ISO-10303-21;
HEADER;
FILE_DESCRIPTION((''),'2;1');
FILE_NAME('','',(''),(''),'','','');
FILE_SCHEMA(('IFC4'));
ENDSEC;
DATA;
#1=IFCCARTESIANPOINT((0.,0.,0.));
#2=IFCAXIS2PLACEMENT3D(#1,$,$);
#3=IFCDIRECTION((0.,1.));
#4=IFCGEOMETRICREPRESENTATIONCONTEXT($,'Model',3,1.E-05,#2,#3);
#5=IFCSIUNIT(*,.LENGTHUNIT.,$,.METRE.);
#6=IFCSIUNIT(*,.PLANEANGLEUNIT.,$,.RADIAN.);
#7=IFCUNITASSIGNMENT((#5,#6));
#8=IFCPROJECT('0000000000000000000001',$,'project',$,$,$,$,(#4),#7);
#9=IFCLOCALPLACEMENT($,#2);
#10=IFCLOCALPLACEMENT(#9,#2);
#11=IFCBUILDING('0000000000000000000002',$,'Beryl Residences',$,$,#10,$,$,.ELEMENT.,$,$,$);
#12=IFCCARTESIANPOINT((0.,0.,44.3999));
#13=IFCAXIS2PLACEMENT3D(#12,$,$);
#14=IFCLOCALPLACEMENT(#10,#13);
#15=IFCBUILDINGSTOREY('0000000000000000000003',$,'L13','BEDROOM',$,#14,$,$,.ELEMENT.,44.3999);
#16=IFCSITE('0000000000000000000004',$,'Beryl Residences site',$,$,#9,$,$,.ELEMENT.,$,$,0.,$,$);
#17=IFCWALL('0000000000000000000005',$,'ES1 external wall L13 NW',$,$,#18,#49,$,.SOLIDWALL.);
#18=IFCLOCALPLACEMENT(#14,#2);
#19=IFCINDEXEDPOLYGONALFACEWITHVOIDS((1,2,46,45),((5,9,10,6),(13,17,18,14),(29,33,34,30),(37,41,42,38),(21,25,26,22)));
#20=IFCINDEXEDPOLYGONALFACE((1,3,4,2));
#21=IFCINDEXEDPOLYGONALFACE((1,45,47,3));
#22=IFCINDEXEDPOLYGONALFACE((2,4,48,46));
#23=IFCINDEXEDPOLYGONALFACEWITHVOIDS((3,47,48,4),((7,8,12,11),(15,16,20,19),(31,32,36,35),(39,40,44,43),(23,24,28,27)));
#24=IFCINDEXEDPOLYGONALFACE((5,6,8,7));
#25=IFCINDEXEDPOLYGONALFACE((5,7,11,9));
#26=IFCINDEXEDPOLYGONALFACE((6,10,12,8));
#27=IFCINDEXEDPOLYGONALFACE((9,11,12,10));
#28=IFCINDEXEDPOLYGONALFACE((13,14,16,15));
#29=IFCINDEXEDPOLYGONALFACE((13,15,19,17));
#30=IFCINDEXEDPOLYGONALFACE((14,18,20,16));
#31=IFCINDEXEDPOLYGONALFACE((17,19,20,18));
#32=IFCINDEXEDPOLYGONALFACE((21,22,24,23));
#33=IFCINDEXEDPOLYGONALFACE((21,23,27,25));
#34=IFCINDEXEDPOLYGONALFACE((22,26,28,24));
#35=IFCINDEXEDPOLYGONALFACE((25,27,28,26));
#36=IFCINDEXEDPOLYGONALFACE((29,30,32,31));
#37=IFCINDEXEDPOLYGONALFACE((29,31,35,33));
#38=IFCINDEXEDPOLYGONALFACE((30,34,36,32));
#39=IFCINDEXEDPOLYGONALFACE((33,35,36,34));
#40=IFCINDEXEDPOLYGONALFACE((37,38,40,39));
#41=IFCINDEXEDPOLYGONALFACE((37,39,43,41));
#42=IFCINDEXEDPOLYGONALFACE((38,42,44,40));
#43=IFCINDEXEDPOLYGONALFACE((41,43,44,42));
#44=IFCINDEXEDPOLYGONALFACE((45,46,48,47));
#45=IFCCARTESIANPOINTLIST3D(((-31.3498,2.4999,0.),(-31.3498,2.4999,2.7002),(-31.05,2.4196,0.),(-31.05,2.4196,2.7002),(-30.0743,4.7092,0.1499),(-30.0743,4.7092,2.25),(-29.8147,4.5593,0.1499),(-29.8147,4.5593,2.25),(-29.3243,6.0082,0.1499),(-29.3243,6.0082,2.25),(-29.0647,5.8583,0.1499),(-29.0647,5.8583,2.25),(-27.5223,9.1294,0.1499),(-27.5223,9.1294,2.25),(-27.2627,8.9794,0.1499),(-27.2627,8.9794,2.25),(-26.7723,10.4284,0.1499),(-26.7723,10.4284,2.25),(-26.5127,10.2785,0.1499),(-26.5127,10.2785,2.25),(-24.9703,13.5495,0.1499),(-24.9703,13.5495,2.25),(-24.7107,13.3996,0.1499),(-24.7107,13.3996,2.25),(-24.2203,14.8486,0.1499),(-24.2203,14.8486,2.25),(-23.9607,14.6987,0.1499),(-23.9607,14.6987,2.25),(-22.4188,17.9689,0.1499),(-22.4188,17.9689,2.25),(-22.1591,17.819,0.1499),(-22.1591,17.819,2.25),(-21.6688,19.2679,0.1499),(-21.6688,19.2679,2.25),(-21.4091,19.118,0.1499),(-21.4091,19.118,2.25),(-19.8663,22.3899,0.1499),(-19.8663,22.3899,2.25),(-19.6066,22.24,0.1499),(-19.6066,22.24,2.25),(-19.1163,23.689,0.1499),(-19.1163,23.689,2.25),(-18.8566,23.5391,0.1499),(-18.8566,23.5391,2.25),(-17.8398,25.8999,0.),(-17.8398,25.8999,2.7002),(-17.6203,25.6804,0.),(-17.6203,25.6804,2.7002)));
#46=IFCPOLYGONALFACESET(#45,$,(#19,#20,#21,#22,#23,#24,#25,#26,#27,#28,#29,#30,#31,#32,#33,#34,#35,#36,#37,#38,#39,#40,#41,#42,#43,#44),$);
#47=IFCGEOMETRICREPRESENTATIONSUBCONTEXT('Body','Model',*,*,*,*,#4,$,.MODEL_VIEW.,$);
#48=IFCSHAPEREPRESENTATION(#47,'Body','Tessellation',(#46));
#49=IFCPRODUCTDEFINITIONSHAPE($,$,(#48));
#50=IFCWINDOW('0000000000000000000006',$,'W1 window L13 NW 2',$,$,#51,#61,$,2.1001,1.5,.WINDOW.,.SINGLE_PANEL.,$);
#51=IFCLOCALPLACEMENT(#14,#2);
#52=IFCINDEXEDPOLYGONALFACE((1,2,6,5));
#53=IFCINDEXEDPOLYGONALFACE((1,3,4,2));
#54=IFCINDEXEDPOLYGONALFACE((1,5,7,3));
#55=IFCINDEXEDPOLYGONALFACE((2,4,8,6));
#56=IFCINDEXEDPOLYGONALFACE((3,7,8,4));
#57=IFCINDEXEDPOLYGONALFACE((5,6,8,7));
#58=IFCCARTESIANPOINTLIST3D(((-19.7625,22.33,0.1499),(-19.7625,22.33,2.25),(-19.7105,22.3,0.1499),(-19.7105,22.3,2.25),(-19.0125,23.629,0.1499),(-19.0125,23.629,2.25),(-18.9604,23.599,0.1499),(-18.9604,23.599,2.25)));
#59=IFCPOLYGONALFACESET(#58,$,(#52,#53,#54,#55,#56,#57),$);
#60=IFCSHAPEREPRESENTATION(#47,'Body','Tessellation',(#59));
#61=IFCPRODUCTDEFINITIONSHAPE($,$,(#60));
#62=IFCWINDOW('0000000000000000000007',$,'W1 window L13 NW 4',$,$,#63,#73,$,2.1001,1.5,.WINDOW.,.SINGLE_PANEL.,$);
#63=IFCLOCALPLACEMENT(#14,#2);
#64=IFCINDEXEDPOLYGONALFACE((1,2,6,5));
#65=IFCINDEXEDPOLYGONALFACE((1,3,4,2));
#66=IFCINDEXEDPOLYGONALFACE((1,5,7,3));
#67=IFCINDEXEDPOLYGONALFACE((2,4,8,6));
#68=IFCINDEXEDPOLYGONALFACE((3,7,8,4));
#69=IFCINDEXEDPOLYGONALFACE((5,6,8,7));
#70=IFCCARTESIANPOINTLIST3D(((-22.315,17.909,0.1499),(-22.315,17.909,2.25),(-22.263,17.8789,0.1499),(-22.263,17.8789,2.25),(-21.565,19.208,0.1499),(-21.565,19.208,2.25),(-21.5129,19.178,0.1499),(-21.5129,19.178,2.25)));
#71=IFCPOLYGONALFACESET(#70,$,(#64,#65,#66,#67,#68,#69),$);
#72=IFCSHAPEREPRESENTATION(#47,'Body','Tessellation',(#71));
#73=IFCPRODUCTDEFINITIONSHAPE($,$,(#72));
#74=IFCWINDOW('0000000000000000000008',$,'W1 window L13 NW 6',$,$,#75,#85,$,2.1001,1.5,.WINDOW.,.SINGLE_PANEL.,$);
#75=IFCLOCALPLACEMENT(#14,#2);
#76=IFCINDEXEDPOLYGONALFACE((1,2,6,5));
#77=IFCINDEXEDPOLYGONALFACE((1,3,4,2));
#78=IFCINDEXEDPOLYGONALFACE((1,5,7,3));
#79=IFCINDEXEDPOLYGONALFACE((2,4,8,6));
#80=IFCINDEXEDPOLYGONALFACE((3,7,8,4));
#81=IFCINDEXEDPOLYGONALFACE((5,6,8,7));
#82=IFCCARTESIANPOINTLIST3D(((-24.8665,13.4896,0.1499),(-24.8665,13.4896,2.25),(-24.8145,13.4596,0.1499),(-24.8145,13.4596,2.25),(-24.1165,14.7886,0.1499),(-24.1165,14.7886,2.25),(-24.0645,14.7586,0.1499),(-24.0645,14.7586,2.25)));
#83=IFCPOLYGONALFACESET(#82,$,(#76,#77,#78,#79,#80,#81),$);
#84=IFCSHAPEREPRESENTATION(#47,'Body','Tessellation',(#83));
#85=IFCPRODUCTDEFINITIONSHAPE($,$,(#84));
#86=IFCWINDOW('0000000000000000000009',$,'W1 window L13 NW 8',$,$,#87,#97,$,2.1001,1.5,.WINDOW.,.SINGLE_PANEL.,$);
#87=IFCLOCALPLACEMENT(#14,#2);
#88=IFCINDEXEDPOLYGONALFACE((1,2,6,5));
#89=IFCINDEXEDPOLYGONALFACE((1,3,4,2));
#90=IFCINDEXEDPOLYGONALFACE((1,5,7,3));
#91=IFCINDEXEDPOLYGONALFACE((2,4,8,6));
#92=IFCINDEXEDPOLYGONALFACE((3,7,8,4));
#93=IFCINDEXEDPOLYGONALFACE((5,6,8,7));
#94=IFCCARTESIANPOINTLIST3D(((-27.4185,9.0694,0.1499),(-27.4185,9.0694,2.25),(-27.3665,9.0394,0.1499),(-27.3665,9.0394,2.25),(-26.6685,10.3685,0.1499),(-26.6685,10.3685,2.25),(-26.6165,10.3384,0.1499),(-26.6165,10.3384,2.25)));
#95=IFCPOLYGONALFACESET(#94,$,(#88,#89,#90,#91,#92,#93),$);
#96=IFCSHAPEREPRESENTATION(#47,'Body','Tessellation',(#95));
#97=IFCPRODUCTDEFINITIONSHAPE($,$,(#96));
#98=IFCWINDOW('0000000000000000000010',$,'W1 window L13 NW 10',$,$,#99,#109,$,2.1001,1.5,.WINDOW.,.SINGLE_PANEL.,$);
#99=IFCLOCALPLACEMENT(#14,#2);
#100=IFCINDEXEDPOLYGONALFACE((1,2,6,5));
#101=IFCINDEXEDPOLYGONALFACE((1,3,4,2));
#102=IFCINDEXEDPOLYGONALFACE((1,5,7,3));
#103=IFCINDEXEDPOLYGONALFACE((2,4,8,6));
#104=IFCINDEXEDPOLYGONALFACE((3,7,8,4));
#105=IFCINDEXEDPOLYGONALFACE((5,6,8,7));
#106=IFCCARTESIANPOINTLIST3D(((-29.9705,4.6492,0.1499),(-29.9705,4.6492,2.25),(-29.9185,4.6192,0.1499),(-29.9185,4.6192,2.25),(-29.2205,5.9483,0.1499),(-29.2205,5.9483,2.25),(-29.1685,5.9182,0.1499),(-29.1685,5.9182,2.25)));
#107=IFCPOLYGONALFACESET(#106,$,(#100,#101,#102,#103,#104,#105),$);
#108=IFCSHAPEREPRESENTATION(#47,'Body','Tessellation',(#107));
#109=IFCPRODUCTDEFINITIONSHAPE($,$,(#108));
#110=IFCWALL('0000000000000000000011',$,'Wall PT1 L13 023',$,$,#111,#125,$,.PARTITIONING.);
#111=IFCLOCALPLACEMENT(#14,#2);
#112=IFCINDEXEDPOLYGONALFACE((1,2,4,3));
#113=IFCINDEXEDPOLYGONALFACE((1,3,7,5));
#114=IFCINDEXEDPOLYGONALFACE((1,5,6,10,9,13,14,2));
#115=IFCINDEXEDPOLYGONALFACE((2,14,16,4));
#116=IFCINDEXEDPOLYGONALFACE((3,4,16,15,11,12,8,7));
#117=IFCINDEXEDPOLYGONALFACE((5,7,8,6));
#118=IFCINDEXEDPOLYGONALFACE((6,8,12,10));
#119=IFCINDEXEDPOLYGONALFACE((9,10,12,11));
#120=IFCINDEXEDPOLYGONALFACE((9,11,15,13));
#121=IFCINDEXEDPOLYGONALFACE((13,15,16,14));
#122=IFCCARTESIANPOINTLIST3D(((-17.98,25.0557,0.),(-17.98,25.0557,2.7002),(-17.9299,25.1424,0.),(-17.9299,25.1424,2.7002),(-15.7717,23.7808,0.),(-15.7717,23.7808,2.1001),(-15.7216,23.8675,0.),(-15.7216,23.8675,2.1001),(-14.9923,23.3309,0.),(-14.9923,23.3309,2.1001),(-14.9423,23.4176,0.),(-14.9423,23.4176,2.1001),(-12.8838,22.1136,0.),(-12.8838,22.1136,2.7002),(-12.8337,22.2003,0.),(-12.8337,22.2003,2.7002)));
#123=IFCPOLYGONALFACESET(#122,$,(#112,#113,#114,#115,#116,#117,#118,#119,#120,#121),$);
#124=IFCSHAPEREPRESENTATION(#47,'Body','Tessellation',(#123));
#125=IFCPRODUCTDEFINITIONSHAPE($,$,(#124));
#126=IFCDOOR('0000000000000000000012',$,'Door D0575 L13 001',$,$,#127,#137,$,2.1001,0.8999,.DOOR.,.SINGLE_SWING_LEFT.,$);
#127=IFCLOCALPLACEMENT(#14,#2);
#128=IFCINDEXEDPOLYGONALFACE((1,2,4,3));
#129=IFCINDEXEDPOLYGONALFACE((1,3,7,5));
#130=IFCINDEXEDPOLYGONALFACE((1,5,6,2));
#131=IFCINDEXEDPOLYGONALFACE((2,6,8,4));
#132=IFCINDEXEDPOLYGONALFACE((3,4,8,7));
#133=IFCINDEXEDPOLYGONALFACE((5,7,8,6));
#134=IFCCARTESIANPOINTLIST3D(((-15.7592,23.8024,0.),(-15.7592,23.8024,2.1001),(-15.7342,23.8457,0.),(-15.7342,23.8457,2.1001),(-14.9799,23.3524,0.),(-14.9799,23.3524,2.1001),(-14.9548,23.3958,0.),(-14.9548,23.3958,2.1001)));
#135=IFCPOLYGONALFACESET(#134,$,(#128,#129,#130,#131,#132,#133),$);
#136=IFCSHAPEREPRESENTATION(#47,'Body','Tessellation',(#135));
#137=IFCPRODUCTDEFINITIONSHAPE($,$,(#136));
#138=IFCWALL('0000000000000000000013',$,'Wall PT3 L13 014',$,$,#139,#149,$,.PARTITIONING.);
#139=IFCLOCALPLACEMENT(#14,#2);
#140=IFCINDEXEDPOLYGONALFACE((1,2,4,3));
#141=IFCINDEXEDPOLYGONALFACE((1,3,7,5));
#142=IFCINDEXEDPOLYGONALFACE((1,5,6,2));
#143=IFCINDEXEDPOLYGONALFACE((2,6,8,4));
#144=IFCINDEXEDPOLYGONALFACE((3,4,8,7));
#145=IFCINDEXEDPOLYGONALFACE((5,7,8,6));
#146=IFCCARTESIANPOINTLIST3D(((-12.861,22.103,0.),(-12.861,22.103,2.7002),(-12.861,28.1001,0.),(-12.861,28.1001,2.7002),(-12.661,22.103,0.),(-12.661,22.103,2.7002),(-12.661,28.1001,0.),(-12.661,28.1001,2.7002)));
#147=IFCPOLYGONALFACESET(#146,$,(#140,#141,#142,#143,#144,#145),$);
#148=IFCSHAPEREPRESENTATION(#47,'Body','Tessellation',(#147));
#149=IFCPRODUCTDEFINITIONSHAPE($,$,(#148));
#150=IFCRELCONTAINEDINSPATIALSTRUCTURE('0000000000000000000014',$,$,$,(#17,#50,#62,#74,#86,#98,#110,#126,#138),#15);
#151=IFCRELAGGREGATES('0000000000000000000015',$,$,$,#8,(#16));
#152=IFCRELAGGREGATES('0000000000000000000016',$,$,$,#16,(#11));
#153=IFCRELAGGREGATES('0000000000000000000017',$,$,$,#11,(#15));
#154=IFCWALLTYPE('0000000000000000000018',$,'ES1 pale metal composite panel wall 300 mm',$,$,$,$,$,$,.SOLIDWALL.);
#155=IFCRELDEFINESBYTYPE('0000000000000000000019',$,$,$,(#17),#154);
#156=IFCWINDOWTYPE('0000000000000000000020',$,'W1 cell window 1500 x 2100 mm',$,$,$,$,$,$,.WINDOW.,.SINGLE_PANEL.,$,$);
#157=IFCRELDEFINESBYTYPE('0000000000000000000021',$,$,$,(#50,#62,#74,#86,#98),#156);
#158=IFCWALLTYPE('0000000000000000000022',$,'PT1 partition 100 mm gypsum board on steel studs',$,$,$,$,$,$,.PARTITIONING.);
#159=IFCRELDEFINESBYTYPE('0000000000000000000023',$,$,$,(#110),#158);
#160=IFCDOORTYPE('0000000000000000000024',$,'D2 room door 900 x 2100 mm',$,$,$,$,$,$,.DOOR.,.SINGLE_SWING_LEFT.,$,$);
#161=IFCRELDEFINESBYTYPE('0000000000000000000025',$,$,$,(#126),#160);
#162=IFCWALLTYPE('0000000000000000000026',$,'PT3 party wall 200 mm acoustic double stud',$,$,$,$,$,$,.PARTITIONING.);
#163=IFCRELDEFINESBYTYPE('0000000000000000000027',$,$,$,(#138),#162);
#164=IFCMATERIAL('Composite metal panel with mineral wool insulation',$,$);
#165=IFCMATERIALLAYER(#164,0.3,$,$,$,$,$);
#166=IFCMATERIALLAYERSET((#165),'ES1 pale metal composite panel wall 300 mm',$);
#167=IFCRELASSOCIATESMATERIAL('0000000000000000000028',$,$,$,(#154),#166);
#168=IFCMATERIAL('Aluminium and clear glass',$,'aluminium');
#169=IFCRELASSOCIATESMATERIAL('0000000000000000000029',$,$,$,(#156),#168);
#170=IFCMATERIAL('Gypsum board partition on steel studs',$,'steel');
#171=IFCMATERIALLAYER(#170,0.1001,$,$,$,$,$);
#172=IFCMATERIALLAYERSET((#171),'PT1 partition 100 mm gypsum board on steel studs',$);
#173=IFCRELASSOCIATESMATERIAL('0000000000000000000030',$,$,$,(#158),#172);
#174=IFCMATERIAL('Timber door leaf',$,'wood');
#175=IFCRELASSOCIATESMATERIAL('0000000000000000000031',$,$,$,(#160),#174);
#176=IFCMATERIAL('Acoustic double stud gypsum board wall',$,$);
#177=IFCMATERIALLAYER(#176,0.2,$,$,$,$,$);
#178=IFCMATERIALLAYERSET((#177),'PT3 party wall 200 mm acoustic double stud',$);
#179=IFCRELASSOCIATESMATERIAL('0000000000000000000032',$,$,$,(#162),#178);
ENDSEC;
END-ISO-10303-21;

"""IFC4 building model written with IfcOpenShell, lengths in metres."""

from ifc_helpers import new_model, si_unit, direction, frame, frame_2d, origin, place, context, subcontext, project, spatial, polyline, rectangle, outline, extrude, material, layer, layer_set, type_object, element, fill, save


model = new_model("IFC4")

# Units and contexts
model_context = context("Model", 3, precision=1e-05, world=origin(), true_north=direction((0.0, 1.0)))
body_context = subcontext(model_context, "Body", "Model", "MODEL_VIEW")
ifc_project = project(units=[si_unit("LENGTHUNIT", "METRE"), si_unit("PLANEANGLEUNIT", "RADIAN")], contexts=[model_context])

# Site, building, storey
site_placement = place(None, origin())
site = spatial("IfcSite", under=ifc_project, at=site_placement, Name="Beryl Residences site", CompositionType="ELEMENT", RefElevation=0.0)
building_placement = place(site_placement, origin())
building = spatial("IfcBuilding", under=site, at=building_placement, Name="Beryl Residences", CompositionType="ELEMENT")
storey_placement = place(building_placement, frame((0.0, 0.0, 44.3999)))
storey = spatial("IfcBuildingStorey", under=building, at=storey_placement, Name="L13", Description="BEDROOM", CompositionType="ELEMENT", Elevation=44.3999)

# Shared definitions
ifc_material_1 = material(Name="Composite metal panel with mineral wool insulation")
ifc_layer_1 = layer(ifc_material_1, 0.3)
ifc_layer_set_1 = layer_set([ifc_layer_1], Name="ES1 pale metal composite panel wall 300 mm")
wall_type_1 = type_object("IfcWallType", Name="ES1 pale metal composite panel wall 300 mm", PredefinedType="SOLIDWALL", material=ifc_layer_set_1)

# Wall, openings, windows
wall_1_placement = place(storey_placement, frame((-17.71, 25.825, 0.0), z_axis=(0.0, 0.0, 1.0), x_axis=(-0.500002, -0.866024, 0.0)))
wall_1 = element("IfcWall", 1, at=wall_1_placement, inside=storey, type_object=wall_type_1, Name="ES1 external wall L13 NW", PredefinedType="SOLIDWALL", context=body_context, shape_type="SweptSolid", body=[
    extrude(outline(polyline([(0.0, -0.1499), (27.02, -0.1499), (26.9397, 0.1499), (0.0803, 0.1499), (0.0, -0.1499)])), origin(), (0.0, 0.0, 1.0), 2.7002),
])
opening_1_placement = place(wall_1_placement, frame((2.553, 0.0, 0.1499)))
opening_1 = element("IfcOpeningElement", 2, at=opening_1_placement, cuts=wall_1, PredefinedType="OPENING", context=body_context, shape_type="SweptSolid", body=[
    extrude(rectangle(XDim=1.5, YDim=2.1001, at=frame_2d((0.75, 1.05))), frame((0.0, 0.1599, 0.0), z_axis=(0.0, -1.0, 0.0), x_axis=(1.0, 0.0, 0.0)), (0.0, 0.0, 1.0), 0.3201),
])
opening_2_placement = place(wall_1_placement, frame((7.658, 0.0, 0.1499)))
opening_2 = element("IfcOpeningElement", 3, at=opening_2_placement, cuts=wall_1, PredefinedType="OPENING", context=body_context, shape_type="SweptSolid", body=[
    extrude(rectangle(XDim=1.5, YDim=2.1001, at=frame_2d((0.75, 1.05))), frame((0.0, 0.1599, 0.0), z_axis=(0.0, -1.0, 0.0), x_axis=(1.0, 0.0, 0.0)), (0.0, 0.0, 1.0), 0.3201),
])
opening_3_placement = place(wall_1_placement, frame((12.761, 0.0, 0.1499)))
opening_3 = element("IfcOpeningElement", 4, at=opening_3_placement, cuts=wall_1, PredefinedType="OPENING", context=body_context, shape_type="SweptSolid", body=[
    extrude(rectangle(XDim=1.5, YDim=2.1001, at=frame_2d((0.75, 1.05))), frame((0.0, 0.1599, 0.0), z_axis=(0.0, -1.0, 0.0), x_axis=(1.0, 0.0, 0.0)), (0.0, 0.0, 1.0), 0.3201),
])
opening_4_placement = place(wall_1_placement, frame((17.865, 0.0, 0.1499)))
opening_4 = element("IfcOpeningElement", 5, at=opening_4_placement, cuts=wall_1, PredefinedType="OPENING", context=body_context, shape_type="SweptSolid", body=[
    extrude(rectangle(XDim=1.5, YDim=2.1001, at=frame_2d((0.75, 1.05))), frame((0.0, 0.1599, 0.0), z_axis=(0.0, -1.0, 0.0), x_axis=(1.0, 0.0, 0.0)), (0.0, 0.0, 1.0), 0.3201),
])
opening_5_placement = place(wall_1_placement, frame((22.969, 0.0, 0.1499)))
opening_5 = element("IfcOpeningElement", 6, at=opening_5_placement, cuts=wall_1, PredefinedType="OPENING", context=body_context, shape_type="SweptSolid", body=[
    extrude(rectangle(XDim=1.5, YDim=2.1001, at=frame_2d((0.75, 1.05))), frame((0.0, 0.1599, 0.0), z_axis=(0.0, -1.0, 0.0), x_axis=(1.0, 0.0, 0.0)), (0.0, 0.0, 1.0), 0.3201),
])
ifc_material_2 = material(Name="Aluminium and clear glass", Category="aluminium")
window_type_1 = type_object("IfcWindowType", Name="W1 cell window 1500 x 2100 mm", PartitioningType="SINGLE_PANEL", PredefinedType="WINDOW", material=ifc_material_2)
window_1_placement = place(opening_1_placement, origin())
window_1 = element("IfcWindow", 7, at=window_1_placement, inside=storey, type_object=window_type_1, Name="W1 window L13 NW 2", OverallHeight=2.1001, OverallWidth=1.5, PartitioningType="SINGLE_PANEL", PredefinedType="WINDOW", context=body_context, shape_type="SweptSolid", body=[
    extrude(rectangle(XDim=1.5, YDim=2.1001, at=frame_2d((0.75, 1.05))), frame((0.0, 0.03, 0.0), z_axis=(0.0, -1.0, 0.0), x_axis=(1.0, 0.0, 0.0)), (0.0, 0.0, 1.0), 0.0601),
])
fill(opening_1, window_1)
window_2_placement = place(opening_2_placement, origin())
window_2 = element("IfcWindow", 8, at=window_2_placement, inside=storey, type_object=window_type_1, Name="W1 window L13 NW 4", OverallHeight=2.1001, OverallWidth=1.5, PartitioningType="SINGLE_PANEL", PredefinedType="WINDOW", context=body_context, shape_type="SweptSolid", body=[
    extrude(rectangle(XDim=1.5, YDim=2.1001, at=frame_2d((0.75, 1.05))), frame((0.0, 0.03, 0.0), z_axis=(0.0, -1.0, 0.0), x_axis=(1.0, 0.0, 0.0)), (0.0, 0.0, 1.0), 0.0601),
])
fill(opening_2, window_2)
window_3_placement = place(opening_3_placement, origin())
window_3 = element("IfcWindow", 9, at=window_3_placement, inside=storey, type_object=window_type_1, Name="W1 window L13 NW 6", OverallHeight=2.1001, OverallWidth=1.5, PartitioningType="SINGLE_PANEL", PredefinedType="WINDOW", context=body_context, shape_type="SweptSolid", body=[
    extrude(rectangle(XDim=1.5, YDim=2.1001, at=frame_2d((0.75, 1.05))), frame((0.0, 0.03, 0.0), z_axis=(0.0, -1.0, 0.0), x_axis=(1.0, 0.0, 0.0)), (0.0, 0.0, 1.0), 0.0601),
])
fill(opening_3, window_3)
window_4_placement = place(opening_4_placement, origin())
window_4 = element("IfcWindow", 10, at=window_4_placement, inside=storey, type_object=window_type_1, Name="W1 window L13 NW 8", OverallHeight=2.1001, OverallWidth=1.5, PartitioningType="SINGLE_PANEL", PredefinedType="WINDOW", context=body_context, shape_type="SweptSolid", body=[
    extrude(rectangle(XDim=1.5, YDim=2.1001, at=frame_2d((0.75, 1.05))), frame((0.0, 0.03, 0.0), z_axis=(0.0, -1.0, 0.0), x_axis=(1.0, 0.0, 0.0)), (0.0, 0.0, 1.0), 0.0601),
])
fill(opening_4, window_4)
window_5_placement = place(opening_5_placement, origin())
window_5 = element("IfcWindow", 11, at=window_5_placement, inside=storey, type_object=window_type_1, Name="W1 window L13 NW 10", OverallHeight=2.1001, OverallWidth=1.5, PartitioningType="SINGLE_PANEL", PredefinedType="WINDOW", context=body_context, shape_type="SweptSolid", body=[
    extrude(rectangle(XDim=1.5, YDim=2.1001, at=frame_2d((0.75, 1.05))), frame((0.0, 0.03, 0.0), z_axis=(0.0, -1.0, 0.0), x_axis=(1.0, 0.0, 0.0)), (0.0, 0.0, 1.0), 0.0601),
])
fill(opening_5, window_5)

# Wall, opening, door
ifc_material_3 = material(Name="Gypsum board partition on steel studs", Category="steel")
ifc_layer_2 = layer(ifc_material_3, 0.1001)
ifc_layer_set_2 = layer_set([ifc_layer_2], Name="PT1 partition 100 mm gypsum board on steel studs")
wall_type_2 = type_object("IfcWallType", Name="PT1 partition 100 mm gypsum board on steel studs", PredefinedType="PARTITIONING", material=ifc_layer_set_2)
wall_2_placement = place(storey_placement, frame((-17.9551, 25.0991, 0.0), z_axis=(0.0, 0.0, 1.0), x_axis=(0.866036, -0.499981, 0.0)))
wall_2 = element("IfcWall", 12, at=wall_2_placement, inside=storey, type_object=wall_type_2, Name="Wall PT1 L13 023", PredefinedType="PARTITIONING", context=body_context, shape_type="SweptSolid", body=[
    extrude(rectangle(XDim=5.8845, YDim=0.1001, at=frame_2d((2.9424, 0.0))), origin(), (0.0, 0.0, 1.0), 2.7002),
])
opening_6_placement = place(wall_2_placement, frame((2.55, 0.0, 0.0)))
opening_6 = element("IfcOpeningElement", 13, at=opening_6_placement, cuts=wall_2, PredefinedType="OPENING", context=body_context, shape_type="SweptSolid", body=[
    extrude(rectangle(XDim=0.8999, YDim=2.1001, at=frame_2d((0.45, 1.05))), frame((0.0, 0.0601, 0.0), z_axis=(0.0, -1.0, 0.0), x_axis=(1.0, 0.0, 0.0)), (0.0, 0.0, 1.0), 0.1201),
])
ifc_material_4 = material(Name="Timber door leaf", Category="wood")
door_type = type_object("IfcDoorType", Name="D2 room door 900 x 2100 mm", OperationType="SINGLE_SWING_LEFT", PredefinedType="DOOR", material=ifc_material_4)
door_placement = place(opening_6_placement, origin())
door = element("IfcDoor", 14, at=door_placement, inside=storey, type_object=door_type, Name="Door D0575 L13 001", OperationType="SINGLE_SWING_LEFT", OverallHeight=2.1001, OverallWidth=0.8999, PredefinedType="DOOR", context=body_context, shape_type="SweptSolid", body=[
    extrude(rectangle(XDim=0.8999, YDim=2.1001, at=frame_2d((0.45, 1.05))), frame((0.0, 0.0249, 0.0), z_axis=(0.0, -1.0, 0.0), x_axis=(1.0, 0.0, 0.0)), (0.0, 0.0, 1.0), 0.05),
])
fill(opening_6, door)

# Wall
ifc_material_5 = material(Name="Acoustic double stud gypsum board wall")
ifc_layer_3 = layer(ifc_material_5, 0.2)
ifc_layer_set_3 = layer_set([ifc_layer_3], Name="PT3 party wall 200 mm acoustic double stud")
wall_type_3 = type_object("IfcWallType", Name="PT3 party wall 200 mm acoustic double stud", PredefinedType="PARTITIONING", material=ifc_layer_set_3)
wall_3_placement = place(storey_placement, frame((-12.761, 22.103, 0.0), z_axis=(0.0, 0.0, 1.0), x_axis=(0.0, 1.0, 0.0)))
element("IfcWall", 15, at=wall_3_placement, inside=storey, type_object=wall_type_3, Name="Wall PT3 L13 014", PredefinedType="PARTITIONING", context=body_context, shape_type="SweptSolid", body=[
    extrude(rectangle(XDim=5.9971, YDim=0.2, at=frame_2d((2.9985, 0.0))), origin(), (0.0, 0.0, 1.0), 2.7002),
])

save(model, "model.ifc")
